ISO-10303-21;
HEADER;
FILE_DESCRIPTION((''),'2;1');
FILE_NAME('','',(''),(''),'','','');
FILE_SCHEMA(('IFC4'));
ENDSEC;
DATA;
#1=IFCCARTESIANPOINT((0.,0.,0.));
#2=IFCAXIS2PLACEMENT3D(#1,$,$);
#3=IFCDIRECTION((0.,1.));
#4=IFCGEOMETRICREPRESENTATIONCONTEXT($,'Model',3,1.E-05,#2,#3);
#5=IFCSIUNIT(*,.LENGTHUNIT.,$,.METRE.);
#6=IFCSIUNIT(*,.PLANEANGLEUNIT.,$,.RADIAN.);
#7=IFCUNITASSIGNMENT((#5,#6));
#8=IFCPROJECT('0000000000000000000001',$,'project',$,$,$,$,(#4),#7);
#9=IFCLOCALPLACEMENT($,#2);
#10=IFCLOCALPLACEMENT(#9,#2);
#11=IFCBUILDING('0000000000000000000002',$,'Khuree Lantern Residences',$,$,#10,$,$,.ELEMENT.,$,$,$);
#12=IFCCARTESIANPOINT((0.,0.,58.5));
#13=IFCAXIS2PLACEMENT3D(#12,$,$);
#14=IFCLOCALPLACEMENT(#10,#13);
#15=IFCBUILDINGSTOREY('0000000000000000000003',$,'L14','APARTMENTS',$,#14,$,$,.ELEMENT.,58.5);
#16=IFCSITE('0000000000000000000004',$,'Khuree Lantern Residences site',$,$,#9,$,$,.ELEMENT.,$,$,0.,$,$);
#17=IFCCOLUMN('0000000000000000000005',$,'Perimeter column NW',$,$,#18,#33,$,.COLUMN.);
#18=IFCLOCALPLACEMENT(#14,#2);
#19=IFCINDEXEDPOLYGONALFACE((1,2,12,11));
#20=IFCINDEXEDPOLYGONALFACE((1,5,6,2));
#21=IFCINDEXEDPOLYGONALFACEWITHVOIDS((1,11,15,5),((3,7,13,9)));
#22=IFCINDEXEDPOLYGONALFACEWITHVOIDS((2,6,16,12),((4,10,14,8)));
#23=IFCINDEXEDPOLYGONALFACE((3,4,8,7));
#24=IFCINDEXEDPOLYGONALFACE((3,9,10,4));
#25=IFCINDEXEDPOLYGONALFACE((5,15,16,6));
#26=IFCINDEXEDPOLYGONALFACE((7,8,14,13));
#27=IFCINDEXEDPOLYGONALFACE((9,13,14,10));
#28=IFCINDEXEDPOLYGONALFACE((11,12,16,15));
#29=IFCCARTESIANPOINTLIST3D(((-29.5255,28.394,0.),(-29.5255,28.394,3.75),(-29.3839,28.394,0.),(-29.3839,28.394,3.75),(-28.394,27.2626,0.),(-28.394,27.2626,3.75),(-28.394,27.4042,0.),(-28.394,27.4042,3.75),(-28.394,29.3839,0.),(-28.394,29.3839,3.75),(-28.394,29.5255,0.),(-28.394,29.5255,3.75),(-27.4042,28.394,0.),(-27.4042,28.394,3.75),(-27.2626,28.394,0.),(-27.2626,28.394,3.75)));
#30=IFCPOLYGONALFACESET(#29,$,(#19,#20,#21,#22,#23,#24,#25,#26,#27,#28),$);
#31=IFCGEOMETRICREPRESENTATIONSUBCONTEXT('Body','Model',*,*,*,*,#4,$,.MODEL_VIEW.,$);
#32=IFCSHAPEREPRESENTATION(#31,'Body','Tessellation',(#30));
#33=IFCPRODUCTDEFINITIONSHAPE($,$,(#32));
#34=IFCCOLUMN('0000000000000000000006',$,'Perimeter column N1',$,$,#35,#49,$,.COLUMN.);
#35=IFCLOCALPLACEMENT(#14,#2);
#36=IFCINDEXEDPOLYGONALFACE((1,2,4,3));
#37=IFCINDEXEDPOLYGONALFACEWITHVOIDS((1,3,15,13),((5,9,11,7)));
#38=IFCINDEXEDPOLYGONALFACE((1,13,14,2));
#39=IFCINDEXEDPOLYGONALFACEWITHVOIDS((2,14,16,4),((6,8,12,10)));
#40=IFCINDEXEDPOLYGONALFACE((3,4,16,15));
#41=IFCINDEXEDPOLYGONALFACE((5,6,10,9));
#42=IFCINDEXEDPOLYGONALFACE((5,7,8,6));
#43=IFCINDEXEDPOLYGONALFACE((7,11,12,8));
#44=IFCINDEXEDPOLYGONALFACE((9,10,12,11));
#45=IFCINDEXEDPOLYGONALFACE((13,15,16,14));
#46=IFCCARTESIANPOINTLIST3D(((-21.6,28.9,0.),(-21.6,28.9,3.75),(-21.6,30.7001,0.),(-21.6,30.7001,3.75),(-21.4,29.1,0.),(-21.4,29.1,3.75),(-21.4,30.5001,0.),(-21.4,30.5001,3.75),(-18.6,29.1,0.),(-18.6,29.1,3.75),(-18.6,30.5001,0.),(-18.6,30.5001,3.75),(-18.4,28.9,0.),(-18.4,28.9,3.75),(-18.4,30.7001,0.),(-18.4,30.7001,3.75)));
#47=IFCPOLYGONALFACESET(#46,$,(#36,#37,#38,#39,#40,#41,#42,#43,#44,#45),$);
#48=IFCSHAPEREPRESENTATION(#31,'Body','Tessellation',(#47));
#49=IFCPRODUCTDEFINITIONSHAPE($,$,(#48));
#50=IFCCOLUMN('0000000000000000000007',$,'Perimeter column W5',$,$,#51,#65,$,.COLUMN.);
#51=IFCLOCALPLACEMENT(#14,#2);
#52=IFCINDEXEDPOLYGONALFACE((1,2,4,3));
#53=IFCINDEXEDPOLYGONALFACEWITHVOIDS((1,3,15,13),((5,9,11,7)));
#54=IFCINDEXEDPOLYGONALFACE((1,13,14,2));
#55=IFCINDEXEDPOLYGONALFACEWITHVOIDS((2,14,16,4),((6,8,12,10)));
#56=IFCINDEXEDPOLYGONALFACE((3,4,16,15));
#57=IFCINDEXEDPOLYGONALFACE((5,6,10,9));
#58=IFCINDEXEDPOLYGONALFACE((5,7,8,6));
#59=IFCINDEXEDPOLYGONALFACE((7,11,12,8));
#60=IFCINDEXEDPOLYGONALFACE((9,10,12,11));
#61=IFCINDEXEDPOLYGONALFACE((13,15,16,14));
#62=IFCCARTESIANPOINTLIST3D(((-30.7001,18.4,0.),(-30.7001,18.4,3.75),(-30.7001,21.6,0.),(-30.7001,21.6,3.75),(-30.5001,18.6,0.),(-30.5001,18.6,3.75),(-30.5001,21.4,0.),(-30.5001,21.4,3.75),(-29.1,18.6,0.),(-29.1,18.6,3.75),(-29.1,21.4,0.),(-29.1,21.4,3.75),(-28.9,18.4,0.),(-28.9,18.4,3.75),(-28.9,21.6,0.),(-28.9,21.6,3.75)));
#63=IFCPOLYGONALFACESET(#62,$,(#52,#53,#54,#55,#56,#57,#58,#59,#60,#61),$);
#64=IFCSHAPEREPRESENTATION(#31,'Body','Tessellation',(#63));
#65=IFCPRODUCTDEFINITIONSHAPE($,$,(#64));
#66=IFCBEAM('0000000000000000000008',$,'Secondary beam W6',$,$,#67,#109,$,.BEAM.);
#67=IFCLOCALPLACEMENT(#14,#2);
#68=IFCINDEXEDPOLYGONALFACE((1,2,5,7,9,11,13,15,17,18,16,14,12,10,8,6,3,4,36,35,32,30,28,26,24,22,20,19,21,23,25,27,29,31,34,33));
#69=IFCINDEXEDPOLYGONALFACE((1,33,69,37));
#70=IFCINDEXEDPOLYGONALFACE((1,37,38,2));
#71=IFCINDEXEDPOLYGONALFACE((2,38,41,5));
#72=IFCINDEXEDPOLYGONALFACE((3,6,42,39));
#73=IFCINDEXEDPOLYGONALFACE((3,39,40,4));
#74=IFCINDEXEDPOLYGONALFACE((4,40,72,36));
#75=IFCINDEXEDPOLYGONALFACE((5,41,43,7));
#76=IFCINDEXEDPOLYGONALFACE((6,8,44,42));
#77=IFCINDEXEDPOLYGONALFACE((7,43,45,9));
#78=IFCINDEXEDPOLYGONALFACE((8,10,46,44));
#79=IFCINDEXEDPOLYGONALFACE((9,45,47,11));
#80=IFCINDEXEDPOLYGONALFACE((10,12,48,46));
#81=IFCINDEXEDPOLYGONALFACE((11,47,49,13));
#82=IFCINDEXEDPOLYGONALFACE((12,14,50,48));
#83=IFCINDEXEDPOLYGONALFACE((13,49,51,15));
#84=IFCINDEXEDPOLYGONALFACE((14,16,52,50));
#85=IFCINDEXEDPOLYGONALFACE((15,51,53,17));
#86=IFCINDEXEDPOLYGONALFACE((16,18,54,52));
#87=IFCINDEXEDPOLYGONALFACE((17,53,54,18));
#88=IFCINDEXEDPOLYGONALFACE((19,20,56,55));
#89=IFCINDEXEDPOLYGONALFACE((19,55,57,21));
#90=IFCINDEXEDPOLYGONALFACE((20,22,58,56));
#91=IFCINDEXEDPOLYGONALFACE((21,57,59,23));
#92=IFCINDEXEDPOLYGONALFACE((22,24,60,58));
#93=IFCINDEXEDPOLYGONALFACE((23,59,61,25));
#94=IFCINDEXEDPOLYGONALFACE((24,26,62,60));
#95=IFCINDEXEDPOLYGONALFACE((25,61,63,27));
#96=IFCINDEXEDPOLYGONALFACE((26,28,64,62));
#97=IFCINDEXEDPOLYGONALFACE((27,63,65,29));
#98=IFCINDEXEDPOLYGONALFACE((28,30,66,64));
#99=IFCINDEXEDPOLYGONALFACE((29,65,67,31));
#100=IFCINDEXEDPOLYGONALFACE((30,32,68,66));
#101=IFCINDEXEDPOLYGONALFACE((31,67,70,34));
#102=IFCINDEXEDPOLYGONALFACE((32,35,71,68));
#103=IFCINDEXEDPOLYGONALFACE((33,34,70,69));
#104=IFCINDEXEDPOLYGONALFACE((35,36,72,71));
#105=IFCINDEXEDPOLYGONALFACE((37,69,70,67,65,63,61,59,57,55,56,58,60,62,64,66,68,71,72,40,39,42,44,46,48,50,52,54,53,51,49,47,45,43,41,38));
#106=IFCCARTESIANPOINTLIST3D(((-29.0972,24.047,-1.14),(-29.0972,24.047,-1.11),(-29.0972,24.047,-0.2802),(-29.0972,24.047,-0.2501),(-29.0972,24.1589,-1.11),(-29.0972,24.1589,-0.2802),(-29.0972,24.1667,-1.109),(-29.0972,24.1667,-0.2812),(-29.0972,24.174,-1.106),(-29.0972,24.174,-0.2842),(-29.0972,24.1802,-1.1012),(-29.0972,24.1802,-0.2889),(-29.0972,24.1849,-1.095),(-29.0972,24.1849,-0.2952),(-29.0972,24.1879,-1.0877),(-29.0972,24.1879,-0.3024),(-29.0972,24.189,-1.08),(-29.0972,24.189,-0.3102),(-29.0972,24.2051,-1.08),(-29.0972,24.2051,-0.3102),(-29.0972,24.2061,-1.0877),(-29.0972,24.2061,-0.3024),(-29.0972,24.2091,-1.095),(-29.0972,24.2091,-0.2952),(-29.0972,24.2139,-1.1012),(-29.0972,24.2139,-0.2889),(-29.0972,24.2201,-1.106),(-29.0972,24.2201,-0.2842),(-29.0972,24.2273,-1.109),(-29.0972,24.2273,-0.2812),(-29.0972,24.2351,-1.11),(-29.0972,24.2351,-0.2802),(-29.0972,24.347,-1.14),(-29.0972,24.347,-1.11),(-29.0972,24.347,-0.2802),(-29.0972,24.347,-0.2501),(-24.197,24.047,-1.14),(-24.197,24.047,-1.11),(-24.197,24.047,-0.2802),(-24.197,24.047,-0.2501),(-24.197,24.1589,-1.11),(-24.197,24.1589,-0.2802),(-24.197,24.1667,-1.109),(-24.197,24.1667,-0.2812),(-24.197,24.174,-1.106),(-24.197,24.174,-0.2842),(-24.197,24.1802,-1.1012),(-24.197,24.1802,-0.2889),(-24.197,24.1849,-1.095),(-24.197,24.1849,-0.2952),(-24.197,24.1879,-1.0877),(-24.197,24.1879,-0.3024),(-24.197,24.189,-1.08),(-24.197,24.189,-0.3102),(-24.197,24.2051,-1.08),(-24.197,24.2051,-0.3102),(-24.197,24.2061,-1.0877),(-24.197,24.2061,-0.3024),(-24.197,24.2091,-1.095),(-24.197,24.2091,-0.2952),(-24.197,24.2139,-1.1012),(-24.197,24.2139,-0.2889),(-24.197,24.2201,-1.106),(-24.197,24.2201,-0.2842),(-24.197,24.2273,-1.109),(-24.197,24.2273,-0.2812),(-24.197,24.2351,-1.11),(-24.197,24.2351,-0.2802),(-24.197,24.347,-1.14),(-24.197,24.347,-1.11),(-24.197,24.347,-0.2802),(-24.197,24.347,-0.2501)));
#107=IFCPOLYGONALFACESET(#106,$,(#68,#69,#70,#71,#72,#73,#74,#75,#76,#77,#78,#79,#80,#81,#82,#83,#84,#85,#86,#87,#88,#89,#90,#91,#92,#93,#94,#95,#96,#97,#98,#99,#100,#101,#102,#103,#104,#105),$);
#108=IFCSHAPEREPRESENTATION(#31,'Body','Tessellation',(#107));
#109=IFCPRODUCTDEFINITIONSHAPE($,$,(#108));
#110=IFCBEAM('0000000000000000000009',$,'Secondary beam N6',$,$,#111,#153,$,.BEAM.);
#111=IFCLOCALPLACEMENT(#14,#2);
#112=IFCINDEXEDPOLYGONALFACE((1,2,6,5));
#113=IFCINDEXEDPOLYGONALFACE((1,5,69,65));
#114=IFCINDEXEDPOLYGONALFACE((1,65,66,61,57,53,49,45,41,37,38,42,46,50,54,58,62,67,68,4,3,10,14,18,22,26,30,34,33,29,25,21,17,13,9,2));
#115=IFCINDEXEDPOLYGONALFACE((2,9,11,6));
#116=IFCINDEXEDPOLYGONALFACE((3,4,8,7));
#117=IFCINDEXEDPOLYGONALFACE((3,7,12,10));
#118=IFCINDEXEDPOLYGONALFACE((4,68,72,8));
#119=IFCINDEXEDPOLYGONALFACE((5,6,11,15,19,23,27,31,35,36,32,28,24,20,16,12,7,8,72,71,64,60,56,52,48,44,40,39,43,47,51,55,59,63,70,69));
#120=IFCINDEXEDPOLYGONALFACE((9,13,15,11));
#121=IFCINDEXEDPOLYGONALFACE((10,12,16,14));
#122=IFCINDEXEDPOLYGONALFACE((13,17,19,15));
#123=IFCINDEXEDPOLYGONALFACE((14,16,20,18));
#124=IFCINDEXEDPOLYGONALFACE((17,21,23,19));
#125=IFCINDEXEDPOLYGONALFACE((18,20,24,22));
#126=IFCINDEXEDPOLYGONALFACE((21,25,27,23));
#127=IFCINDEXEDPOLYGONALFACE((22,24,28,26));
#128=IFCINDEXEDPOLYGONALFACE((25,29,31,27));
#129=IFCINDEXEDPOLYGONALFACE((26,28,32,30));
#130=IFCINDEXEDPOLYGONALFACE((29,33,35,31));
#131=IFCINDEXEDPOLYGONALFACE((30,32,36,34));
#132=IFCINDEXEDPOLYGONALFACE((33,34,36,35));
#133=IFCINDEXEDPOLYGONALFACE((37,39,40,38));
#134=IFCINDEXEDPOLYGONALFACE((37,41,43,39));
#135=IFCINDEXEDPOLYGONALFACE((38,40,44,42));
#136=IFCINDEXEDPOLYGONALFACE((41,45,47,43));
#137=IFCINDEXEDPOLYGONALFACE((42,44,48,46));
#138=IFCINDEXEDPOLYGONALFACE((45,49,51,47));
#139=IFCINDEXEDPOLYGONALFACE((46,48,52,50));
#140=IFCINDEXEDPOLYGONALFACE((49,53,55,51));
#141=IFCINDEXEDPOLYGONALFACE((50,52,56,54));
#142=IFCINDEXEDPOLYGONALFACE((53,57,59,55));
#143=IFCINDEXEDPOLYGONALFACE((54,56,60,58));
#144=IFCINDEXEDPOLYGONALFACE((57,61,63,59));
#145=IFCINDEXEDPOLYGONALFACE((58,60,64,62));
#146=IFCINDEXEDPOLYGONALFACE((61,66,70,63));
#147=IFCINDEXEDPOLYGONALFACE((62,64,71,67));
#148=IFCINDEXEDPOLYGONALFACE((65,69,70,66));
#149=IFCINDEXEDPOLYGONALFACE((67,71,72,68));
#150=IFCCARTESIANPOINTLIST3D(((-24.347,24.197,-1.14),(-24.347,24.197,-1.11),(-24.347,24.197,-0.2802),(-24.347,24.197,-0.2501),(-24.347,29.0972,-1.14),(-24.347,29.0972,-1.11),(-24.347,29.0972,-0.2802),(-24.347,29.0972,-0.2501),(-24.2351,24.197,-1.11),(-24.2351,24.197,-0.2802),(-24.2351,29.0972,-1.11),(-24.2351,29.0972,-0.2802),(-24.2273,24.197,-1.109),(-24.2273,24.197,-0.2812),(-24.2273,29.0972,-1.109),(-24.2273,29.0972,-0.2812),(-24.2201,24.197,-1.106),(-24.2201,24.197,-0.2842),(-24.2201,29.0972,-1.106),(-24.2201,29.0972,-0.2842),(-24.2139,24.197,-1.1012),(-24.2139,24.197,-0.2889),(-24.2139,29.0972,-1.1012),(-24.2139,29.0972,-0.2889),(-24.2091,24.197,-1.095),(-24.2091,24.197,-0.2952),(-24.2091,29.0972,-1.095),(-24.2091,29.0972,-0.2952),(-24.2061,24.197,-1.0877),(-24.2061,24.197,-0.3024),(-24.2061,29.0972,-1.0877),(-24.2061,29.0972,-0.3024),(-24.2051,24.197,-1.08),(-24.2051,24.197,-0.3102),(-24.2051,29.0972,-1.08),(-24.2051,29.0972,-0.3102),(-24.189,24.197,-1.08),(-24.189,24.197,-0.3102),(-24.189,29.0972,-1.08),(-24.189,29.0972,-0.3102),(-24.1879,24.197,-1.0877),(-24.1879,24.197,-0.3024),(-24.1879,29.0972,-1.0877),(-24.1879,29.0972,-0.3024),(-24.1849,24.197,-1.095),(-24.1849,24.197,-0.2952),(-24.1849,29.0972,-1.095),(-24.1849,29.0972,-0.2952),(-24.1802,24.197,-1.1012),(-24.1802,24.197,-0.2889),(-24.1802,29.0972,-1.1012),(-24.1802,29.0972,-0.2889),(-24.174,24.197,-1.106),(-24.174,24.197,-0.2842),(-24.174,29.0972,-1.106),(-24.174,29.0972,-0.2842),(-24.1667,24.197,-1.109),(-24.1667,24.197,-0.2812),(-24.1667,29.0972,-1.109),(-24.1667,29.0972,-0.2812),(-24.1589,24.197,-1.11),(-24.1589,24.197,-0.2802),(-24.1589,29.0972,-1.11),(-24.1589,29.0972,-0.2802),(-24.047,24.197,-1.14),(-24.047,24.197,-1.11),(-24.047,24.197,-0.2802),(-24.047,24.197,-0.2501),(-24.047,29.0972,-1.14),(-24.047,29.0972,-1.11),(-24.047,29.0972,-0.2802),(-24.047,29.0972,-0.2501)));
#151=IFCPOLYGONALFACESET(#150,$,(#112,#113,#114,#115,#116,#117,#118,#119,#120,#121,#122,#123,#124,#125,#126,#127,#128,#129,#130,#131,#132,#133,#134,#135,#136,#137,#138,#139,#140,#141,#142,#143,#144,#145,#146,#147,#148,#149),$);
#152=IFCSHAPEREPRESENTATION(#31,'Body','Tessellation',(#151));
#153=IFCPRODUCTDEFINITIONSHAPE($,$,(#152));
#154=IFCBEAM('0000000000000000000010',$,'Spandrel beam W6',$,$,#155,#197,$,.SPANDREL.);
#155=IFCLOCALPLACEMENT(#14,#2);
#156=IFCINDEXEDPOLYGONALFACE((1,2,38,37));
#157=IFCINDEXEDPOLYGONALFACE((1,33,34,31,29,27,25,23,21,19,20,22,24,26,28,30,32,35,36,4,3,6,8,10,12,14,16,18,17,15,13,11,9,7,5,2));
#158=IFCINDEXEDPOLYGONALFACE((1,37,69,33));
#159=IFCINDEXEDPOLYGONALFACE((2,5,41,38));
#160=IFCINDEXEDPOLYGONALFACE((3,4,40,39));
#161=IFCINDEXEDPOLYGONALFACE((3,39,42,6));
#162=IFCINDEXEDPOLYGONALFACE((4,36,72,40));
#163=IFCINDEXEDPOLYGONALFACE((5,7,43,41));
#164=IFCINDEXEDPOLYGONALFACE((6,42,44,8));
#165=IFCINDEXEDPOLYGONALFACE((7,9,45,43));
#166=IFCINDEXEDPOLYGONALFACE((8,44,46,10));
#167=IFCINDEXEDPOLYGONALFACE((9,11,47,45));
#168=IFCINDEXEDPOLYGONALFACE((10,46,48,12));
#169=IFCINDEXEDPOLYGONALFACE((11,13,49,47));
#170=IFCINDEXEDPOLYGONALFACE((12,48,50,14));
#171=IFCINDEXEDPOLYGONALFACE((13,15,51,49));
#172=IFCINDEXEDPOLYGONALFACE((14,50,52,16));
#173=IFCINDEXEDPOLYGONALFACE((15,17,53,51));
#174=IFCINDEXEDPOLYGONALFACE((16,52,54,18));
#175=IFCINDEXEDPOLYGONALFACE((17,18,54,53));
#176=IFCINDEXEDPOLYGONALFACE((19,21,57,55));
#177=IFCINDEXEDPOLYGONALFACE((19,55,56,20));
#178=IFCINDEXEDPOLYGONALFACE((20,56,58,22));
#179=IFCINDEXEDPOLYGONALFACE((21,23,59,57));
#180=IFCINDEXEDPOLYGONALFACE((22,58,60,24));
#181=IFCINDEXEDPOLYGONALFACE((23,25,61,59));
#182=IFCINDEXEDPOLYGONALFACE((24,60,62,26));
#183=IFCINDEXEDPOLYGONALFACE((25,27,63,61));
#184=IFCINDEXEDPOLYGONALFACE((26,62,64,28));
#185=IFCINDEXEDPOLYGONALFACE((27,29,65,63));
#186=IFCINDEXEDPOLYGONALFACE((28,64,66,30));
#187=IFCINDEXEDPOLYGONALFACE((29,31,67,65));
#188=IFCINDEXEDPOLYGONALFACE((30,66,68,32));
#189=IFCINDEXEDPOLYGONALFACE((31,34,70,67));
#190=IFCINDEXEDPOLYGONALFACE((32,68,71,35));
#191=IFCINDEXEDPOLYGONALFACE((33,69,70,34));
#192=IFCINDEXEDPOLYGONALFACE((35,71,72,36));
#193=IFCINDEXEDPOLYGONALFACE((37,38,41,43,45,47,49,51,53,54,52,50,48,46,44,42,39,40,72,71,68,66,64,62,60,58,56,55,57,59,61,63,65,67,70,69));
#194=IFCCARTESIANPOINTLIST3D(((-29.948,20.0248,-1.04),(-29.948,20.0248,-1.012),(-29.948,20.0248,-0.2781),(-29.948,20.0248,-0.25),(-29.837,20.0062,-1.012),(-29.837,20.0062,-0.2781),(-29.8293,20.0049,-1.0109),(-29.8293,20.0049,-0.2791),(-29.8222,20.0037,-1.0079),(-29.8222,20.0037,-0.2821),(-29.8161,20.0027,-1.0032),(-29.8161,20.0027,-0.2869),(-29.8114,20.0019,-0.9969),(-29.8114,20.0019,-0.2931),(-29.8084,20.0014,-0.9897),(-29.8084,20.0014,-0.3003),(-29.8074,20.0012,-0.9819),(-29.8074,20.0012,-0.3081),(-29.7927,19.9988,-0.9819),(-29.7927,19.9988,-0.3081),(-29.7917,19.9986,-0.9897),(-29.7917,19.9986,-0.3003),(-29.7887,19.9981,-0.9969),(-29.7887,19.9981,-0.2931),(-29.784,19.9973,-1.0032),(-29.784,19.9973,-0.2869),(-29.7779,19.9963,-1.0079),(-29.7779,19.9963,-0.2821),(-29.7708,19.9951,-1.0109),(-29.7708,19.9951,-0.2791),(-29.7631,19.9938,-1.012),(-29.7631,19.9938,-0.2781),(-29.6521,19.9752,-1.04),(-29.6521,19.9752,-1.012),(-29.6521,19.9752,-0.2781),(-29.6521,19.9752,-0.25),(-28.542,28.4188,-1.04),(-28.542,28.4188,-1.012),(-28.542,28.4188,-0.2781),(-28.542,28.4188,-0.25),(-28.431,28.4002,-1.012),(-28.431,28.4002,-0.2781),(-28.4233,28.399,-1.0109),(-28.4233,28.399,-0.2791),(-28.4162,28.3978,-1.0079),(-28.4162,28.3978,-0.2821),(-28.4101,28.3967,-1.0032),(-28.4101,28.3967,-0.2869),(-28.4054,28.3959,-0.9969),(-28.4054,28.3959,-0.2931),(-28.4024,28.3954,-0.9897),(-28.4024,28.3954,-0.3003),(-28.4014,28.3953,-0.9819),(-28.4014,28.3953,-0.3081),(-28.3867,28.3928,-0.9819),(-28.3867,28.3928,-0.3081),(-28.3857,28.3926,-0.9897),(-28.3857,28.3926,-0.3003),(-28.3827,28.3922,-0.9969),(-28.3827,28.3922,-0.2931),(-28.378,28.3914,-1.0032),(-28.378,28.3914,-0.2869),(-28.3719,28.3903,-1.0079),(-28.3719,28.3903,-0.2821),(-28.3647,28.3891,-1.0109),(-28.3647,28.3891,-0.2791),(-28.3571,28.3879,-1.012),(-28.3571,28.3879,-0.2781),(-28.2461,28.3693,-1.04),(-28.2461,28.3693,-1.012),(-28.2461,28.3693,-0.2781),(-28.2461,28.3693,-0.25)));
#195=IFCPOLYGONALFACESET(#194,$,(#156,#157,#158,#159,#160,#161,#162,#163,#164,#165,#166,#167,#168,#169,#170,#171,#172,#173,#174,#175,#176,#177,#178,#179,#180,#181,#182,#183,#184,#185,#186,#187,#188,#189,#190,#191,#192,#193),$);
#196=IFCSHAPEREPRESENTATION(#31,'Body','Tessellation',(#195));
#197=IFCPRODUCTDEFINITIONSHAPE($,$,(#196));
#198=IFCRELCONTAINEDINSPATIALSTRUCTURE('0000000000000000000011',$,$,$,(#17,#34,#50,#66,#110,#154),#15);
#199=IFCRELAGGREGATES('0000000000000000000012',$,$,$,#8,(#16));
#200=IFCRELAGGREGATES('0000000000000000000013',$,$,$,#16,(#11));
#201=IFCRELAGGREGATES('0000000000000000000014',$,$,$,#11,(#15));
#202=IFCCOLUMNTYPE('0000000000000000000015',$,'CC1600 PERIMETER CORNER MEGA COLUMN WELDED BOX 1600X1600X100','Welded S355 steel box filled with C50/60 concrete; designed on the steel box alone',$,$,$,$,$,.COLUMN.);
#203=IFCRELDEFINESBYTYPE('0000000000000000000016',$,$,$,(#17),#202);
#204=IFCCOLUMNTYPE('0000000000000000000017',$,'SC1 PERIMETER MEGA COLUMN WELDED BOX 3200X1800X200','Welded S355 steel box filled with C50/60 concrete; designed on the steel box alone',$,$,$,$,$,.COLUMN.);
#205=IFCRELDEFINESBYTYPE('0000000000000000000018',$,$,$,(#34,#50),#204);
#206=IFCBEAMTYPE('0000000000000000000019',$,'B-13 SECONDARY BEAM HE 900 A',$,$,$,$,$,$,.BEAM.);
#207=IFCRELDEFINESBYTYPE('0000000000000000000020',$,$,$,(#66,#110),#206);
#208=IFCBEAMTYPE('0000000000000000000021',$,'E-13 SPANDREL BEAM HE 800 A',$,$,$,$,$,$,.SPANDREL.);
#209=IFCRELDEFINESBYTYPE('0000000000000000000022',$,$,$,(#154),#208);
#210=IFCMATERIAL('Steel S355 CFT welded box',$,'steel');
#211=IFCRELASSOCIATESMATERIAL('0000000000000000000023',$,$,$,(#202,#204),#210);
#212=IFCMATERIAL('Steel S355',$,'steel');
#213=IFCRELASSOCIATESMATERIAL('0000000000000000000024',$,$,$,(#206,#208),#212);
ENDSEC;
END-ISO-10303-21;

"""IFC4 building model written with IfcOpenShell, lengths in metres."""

from ifc_helpers import new_model, si_unit, direction, frame, origin, origin_2d, place, context, subcontext, project, spatial, hollow_rectangle, i_section, extrude, material, material_profile, profile_set, type_object, element, save


model = new_model("IFC4")

# Units and contexts
model_context = context("Model", 3, precision=1e-05, world=origin(), true_north=direction((0.0, 1.0)))
body_context = subcontext(model_context, "Body", "Model", "MODEL_VIEW")
ifc_project = project(units=[si_unit("LENGTHUNIT", "METRE"), si_unit("PLANEANGLEUNIT", "RADIAN")], contexts=[model_context])

# Site, building, storey
site_placement = place(None, origin())
site = spatial("IfcSite", under=ifc_project, at=site_placement, Name="Khuree Lantern Residences site", CompositionType="ELEMENT", RefElevation=0.0)
building_placement = place(site_placement, origin())
building = spatial("IfcBuilding", under=site, at=building_placement, Name="Khuree Lantern Residences", CompositionType="ELEMENT")
storey_placement = place(building_placement, frame((0.0, 0.0, 58.5)))
storey = spatial("IfcBuildingStorey", under=building, at=storey_placement, Name="L14", Description="APARTMENTS", CompositionType="ELEMENT", Elevation=58.5)

# Columns
ifc_material_1 = material(Name="Steel S355 CFT welded box", Category="steel")
ifc_material_profile_1 = material_profile(ifc_material_1, hollow_rectangle(XDim=1.6001, YDim=1.6001, WallThickness=0.1001, at=origin_2d()), Name="WELDED BOX 1600X1600X100")
ifc_profile_set_1 = profile_set([ifc_material_profile_1], Name="Steel S355 CFT welded box")
column_type_1 = type_object("IfcColumnType", Name="CC1600 PERIMETER CORNER MEGA COLUMN WELDED BOX 1600X1600X100", Description="Welded S355 steel box filled with C50/60 concrete; designed on the steel box alone", PredefinedType="COLUMN", material=ifc_profile_set_1)
column_placement = place(storey_placement, frame((-28.394, 28.394, 0.0), z_axis=(0.0, 0.0, 1.0), x_axis=(0.707107, 0.707107, 0.0)))
element("IfcColumn", 1, at=column_placement, inside=storey, type_object=column_type_1, Name="Perimeter column NW", PredefinedType="COLUMN", context=body_context, shape_type="SweptSolid", body=[
    extrude(hollow_rectangle(XDim=1.6001, YDim=1.6001, WallThickness=0.1001, at=origin_2d()), origin(), (0.0, 0.0, 1.0), 3.75),
])
ifc_material_profile_2 = material_profile(ifc_material_1, hollow_rectangle(XDim=3.2, YDim=1.8, WallThickness=0.2, at=origin_2d()), Name="WELDED BOX 3200X1800X200")
ifc_profile_set_2 = profile_set([ifc_material_profile_2], Name="Steel S355 CFT welded box")
column_type_2 = type_object("IfcColumnType", Name="SC1 PERIMETER MEGA COLUMN WELDED BOX 3200X1800X200", Description="Welded S355 steel box filled with C50/60 concrete; designed on the steel box alone", PredefinedType="COLUMN", material=ifc_profile_set_2)
for number, where, z_axis, x_axis, name in (
    (2, (-20.0, 29.8, 0.0), (0.0, 0.0, 1.0), (1.0, 0.0, 0.0), "Perimeter column N1"),
    (3, (-29.8, 20.0, 0.0), (0.0, 0.0, 1.0), (0.0, 1.0, 0.0), "Perimeter column W5"),
):
    element("IfcColumn", number, at=place(storey_placement, frame(where, z_axis=z_axis, x_axis=x_axis)), inside=storey, type_object=column_type_2, Name=name, PredefinedType="COLUMN", context=body_context, shape_type="SweptSolid", body=[
        extrude(hollow_rectangle(XDim=3.2, YDim=1.8, WallThickness=0.2, at=origin_2d()), origin(), (0.0, 0.0, 1.0), 3.75),
    ])

# Beams
ifc_material_2 = material(Name="Steel S355", Category="steel")
ifc_material_profile_3 = material_profile(ifc_material_2, i_section(OverallWidth=0.3, OverallDepth=0.8899, WebThickness=0.0161, FlangeThickness=0.03, FilletRadius=0.03, at=origin_2d()), Name="HE 900 A")
ifc_profile_set_3 = profile_set([ifc_material_profile_3], Name="Steel S355")
beam_type_1 = type_object("IfcBeamType", Name="B-13 SECONDARY BEAM HE 900 A", PredefinedType="BEAM", material=ifc_profile_set_3)
for number, where, z_axis, x_axis, name in (
    (4, (-29.0972, 24.197, -0.6951), (1.0, 0.0, 0.0), (0.0, 1.0, 0.0), "Secondary beam W6"),
    (5, (-24.197, 29.0972, -0.6951), (0.0, -1.0, 0.0), (1.0, 0.0, 0.0), "Secondary beam N6"),
):
    element("IfcBeam", number, at=place(storey_placement, frame(where, z_axis=z_axis, x_axis=x_axis)), inside=storey, type_object=beam_type_1, Name=name, PredefinedType="BEAM", context=body_context, shape_type="SweptSolid", body=[
        extrude(i_section(OverallWidth=0.3, OverallDepth=0.8899, WebThickness=0.0161, FlangeThickness=0.03, FilletRadius=0.03, at=origin_2d()), origin(), (0.0, 0.0, 1.0), 4.9001),
    ])
ifc_material_profile_4 = material_profile(ifc_material_2, i_section(OverallWidth=0.3, OverallDepth=0.79, WebThickness=0.0149, FlangeThickness=0.0281, FilletRadius=0.03, at=origin_2d()), Name="HE 800 A")
ifc_profile_set_4 = profile_set([ifc_material_profile_4], Name="Steel S355")
beam_type_2 = type_object("IfcBeamType", Name="E-13 SPANDREL BEAM HE 800 A", PredefinedType="SPANDREL", material=ifc_profile_set_4)
for number, where, z_axis, x_axis, name in (
    (6, (-29.8, 20.0, -0.645), (0.165199, 0.98626, 0.0), (-0.98626, 0.165199, 0.0), "Spandrel beam W6"),
):
    element("IfcBeam", number, at=place(storey_placement, frame(where, z_axis=z_axis, x_axis=x_axis)), inside=storey, type_object=beam_type_2, Name=name, PredefinedType="SPANDREL", context=body_context, shape_type="SweptSolid", body=[
        extrude(i_section(OverallWidth=0.3, OverallDepth=0.79, WebThickness=0.0149, FlangeThickness=0.0281, FilletRadius=0.03, at=origin_2d()), origin(), (0.0, 0.0, 1.0), 8.511),
    ])

save(model, "model.ifc")
